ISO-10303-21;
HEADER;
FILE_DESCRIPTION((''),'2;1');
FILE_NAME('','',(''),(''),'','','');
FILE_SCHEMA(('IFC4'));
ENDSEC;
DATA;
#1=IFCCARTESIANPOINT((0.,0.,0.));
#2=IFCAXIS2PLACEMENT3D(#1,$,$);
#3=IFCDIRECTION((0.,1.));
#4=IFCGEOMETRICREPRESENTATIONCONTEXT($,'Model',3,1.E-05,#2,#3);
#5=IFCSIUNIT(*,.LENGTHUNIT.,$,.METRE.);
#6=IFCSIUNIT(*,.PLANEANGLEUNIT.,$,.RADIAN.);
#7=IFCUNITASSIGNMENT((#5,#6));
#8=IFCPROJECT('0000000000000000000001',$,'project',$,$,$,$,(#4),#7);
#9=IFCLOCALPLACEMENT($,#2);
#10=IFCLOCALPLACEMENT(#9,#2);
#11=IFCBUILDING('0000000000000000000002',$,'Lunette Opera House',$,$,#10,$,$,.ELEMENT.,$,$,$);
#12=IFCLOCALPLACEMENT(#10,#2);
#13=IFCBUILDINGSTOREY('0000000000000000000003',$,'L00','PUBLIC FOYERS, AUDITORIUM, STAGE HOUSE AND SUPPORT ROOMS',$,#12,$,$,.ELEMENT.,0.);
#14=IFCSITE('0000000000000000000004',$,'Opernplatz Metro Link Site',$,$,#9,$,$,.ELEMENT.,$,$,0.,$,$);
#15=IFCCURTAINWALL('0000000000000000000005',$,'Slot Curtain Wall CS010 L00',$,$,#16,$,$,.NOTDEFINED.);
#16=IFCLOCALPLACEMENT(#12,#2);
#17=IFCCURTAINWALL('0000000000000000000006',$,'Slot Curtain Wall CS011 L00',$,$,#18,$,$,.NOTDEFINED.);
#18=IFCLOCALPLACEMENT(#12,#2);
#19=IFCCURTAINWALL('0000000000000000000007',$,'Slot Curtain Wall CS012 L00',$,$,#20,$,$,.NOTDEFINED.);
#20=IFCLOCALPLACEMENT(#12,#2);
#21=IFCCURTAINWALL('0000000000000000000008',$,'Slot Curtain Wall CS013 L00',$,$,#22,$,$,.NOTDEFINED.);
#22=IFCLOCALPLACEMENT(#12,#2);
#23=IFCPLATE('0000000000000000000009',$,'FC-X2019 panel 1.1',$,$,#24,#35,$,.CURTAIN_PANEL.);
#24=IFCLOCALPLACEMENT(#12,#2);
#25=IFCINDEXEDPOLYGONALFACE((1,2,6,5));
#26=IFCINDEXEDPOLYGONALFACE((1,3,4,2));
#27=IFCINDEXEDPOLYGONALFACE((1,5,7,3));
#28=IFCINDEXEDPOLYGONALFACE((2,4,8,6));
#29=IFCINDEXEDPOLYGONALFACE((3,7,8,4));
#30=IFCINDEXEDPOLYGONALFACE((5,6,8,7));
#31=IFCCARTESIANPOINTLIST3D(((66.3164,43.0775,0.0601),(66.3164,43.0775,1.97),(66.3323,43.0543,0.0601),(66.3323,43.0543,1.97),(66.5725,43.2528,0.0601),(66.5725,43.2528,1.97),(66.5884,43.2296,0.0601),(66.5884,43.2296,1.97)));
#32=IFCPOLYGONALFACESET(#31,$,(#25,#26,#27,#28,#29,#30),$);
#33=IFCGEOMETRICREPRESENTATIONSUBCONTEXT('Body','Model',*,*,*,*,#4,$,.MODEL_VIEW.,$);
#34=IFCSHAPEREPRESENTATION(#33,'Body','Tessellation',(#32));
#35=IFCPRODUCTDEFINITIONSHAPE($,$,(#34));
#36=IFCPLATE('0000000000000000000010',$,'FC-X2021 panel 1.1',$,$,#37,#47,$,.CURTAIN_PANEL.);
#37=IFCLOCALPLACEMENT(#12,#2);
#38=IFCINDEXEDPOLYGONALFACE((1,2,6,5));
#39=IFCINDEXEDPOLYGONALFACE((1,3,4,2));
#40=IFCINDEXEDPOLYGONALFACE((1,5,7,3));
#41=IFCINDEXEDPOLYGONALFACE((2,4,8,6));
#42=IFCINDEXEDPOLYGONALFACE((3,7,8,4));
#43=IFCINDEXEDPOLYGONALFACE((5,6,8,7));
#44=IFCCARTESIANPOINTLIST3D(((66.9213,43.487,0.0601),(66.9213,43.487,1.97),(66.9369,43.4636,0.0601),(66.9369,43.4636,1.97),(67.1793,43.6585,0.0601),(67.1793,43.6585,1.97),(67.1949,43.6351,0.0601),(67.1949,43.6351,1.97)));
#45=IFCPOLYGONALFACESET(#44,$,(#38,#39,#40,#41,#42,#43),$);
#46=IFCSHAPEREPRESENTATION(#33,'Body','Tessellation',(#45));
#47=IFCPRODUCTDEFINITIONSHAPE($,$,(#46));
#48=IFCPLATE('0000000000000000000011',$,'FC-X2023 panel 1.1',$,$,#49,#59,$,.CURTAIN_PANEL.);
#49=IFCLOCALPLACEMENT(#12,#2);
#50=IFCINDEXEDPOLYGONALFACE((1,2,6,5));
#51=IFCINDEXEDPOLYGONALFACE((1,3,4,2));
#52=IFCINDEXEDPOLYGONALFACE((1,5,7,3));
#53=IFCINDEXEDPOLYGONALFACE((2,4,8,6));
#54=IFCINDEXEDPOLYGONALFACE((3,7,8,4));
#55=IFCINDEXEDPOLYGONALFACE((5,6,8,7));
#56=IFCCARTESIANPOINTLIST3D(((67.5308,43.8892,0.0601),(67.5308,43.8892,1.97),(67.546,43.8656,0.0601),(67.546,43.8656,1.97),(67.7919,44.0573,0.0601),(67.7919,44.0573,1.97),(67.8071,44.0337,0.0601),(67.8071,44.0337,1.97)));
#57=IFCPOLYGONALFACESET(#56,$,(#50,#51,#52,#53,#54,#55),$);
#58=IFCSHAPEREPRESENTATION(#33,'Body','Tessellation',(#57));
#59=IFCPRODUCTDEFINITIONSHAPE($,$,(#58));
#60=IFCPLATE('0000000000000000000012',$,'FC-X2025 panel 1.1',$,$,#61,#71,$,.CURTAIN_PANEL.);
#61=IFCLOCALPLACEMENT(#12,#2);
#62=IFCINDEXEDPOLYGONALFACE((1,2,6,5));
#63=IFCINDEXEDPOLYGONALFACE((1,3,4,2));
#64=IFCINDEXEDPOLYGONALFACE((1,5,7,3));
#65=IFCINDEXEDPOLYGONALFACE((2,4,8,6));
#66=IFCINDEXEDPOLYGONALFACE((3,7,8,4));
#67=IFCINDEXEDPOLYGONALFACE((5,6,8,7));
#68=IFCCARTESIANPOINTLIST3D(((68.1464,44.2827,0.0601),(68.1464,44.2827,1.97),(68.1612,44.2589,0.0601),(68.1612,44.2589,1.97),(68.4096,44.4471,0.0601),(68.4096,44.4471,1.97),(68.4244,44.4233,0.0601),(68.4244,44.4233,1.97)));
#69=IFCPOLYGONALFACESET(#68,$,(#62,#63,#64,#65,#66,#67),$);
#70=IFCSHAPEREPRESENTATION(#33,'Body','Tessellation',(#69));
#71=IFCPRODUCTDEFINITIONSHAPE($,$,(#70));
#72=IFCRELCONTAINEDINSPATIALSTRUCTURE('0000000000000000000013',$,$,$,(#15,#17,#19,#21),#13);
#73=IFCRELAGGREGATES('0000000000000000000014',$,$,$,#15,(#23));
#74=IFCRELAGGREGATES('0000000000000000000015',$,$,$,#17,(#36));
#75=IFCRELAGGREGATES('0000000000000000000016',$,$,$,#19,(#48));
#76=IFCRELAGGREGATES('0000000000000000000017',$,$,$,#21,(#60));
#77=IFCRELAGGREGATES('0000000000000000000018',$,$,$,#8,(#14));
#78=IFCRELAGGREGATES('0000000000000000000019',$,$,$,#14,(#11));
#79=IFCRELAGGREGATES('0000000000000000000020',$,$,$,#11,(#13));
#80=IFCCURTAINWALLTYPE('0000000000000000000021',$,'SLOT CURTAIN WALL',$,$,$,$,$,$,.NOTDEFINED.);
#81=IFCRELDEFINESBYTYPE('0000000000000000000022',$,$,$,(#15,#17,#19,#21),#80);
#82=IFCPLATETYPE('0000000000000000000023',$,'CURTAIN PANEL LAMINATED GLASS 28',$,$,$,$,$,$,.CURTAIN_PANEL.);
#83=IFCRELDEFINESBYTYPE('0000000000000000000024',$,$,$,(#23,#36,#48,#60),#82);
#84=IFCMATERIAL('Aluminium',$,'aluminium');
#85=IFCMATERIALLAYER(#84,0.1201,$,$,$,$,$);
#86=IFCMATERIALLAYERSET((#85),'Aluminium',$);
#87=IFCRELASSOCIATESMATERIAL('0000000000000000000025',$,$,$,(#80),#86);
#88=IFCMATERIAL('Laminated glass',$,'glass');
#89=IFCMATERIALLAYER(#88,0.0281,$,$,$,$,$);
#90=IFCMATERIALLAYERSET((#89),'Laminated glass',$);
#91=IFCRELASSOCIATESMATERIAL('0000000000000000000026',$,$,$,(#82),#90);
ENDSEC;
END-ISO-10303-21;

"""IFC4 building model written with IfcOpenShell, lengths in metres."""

from ifc_helpers import new_model, si_unit, direction, frame, origin, origin_2d, place, context, subcontext, project, spatial, rectangle, extrude, material, layer, layer_set, type_object, element, aggregate, save


model = new_model("IFC4")

# Units and contexts
model_context = context("Model", 3, precision=1e-05, world=origin(), true_north=direction((0.0, 1.0)))
body_context = subcontext(model_context, "Body", "Model", "MODEL_VIEW")
ifc_project = project(units=[si_unit("LENGTHUNIT", "METRE"), si_unit("PLANEANGLEUNIT", "RADIAN")], contexts=[model_context])

# Site, building, storey
site_placement = place(None, origin())
site = spatial("IfcSite", under=ifc_project, at=site_placement, Name="Opernplatz Metro Link Site", CompositionType="ELEMENT", RefElevation=0.0)
building_placement = place(site_placement, origin())
building = spatial("IfcBuilding", under=site, at=building_placement, Name="Lunette Opera House", CompositionType="ELEMENT")
storey_placement = place(building_placement, origin())
storey = spatial("IfcBuildingStorey", under=building, at=storey_placement, Name="L00", Description="PUBLIC FOYERS, AUDITORIUM, STAGE HOUSE AND SUPPORT ROOMS", CompositionType="ELEMENT", Elevation=0.0)

# Shared definitions
ifc_material_1 = material(Name="Aluminium", Category="aluminium")
ifc_layer_1 = layer(ifc_material_1, 0.1201)
ifc_layer_set_1 = layer_set([ifc_layer_1], Name="Aluminium")
curtain_wall_type = type_object("IfcCurtainWallType", Name="SLOT CURTAIN WALL", PredefinedType="NOTDEFINED", material=ifc_layer_set_1)

# Curtain walls
curtain_wall_1_placement = place(storey_placement, origin())
curtain_wall_1 = element("IfcCurtainWall", 1, at=curtain_wall_1_placement, inside=storey, type_object=curtain_wall_type, Name="Slot Curtain Wall CS010 L00", PredefinedType="NOTDEFINED")
curtain_wall_2_placement = place(storey_placement, origin())
curtain_wall_2 = element("IfcCurtainWall", 2, at=curtain_wall_2_placement, inside=storey, type_object=curtain_wall_type, Name="Slot Curtain Wall CS011 L00", PredefinedType="NOTDEFINED")
curtain_wall_3_placement = place(storey_placement, origin())
curtain_wall_3 = element("IfcCurtainWall", 3, at=curtain_wall_3_placement, inside=storey, type_object=curtain_wall_type, Name="Slot Curtain Wall CS012 L00", PredefinedType="NOTDEFINED")
curtain_wall_4_placement = place(storey_placement, origin())
curtain_wall_4 = element("IfcCurtainWall", 4, at=curtain_wall_4_placement, inside=storey, type_object=curtain_wall_type, Name="Slot Curtain Wall CS013 L00", PredefinedType="NOTDEFINED")

# Plates
ifc_material_2 = material(Name="Laminated glass", Category="glass")
ifc_layer_2 = layer(ifc_material_2, 0.0281)
ifc_layer_set_2 = layer_set([ifc_layer_2], Name="Laminated glass")
plate_type = type_object("IfcPlateType", Name="CURTAIN PANEL LAMINATED GLASS 28", PredefinedType="CURTAIN_PANEL", material=ifc_layer_set_2)
plate_1_placement = place(storey_placement, frame((66.4524, 43.1536, 0.0601), z_axis=(0.0, 0.0, 1.0), x_axis=(0.825193, 0.564851, 0.0)))
plate_1 = element("IfcPlate", 5, at=plate_1_placement, type_object=plate_type, Name="FC-X2019 panel 1.1", PredefinedType="CURTAIN_PANEL", context=body_context, shape_type="SweptSolid", body=[
    extrude(rectangle(XDim=0.3103, YDim=0.0281, at=origin_2d()), origin(), (0.0, 0.0, 1.0), 1.9099),
])
aggregate(curtain_wall_1, [plate_1])
plate_2_placement = place(storey_placement, frame((67.0581, 43.561, 0.0601), z_axis=(0.0, 0.0, 1.0), x_axis=(0.832765, 0.553626, 0.0)))
plate_2 = element("IfcPlate", 6, at=plate_2_placement, type_object=plate_type, Name="FC-X2021 panel 1.1", PredefinedType="CURTAIN_PANEL", context=body_context, shape_type="SweptSolid", body=[
    extrude(rectangle(XDim=0.3098, YDim=0.0281, at=origin_2d()), origin(), (0.0, 0.0, 1.0), 1.9099),
])
aggregate(curtain_wall_2, [plate_2])
plate_3_placement = place(storey_placement, frame((67.6689, 43.9614, 0.0601), z_axis=(0.0, 0.0, 1.0), x_axis=(0.840876, 0.541227, 0.0)))
plate_3 = element("IfcPlate", 7, at=plate_3_placement, type_object=plate_type, Name="FC-X2023 panel 1.1", PredefinedType="CURTAIN_PANEL", context=body_context, shape_type="SweptSolid", body=[
    extrude(rectangle(XDim=0.3105, YDim=0.0281, at=origin_2d()), origin(), (0.0, 0.0, 1.0), 1.9099),
])
aggregate(curtain_wall_3, [plate_3])
plate_4_placement = place(storey_placement, frame((68.2854, 44.353, 0.0601), z_axis=(0.0, 0.0, 1.0), x_axis=(0.848129, 0.52979, 0.0)))
plate_4 = element("IfcPlate", 8, at=plate_4_placement, type_object=plate_type, Name="FC-X2025 panel 1.1", PredefinedType="CURTAIN_PANEL", context=body_context, shape_type="SweptSolid", body=[
    extrude(rectangle(XDim=0.3103, YDim=0.0281, at=origin_2d()), origin(), (0.0, 0.0, 1.0), 1.9099),
])
aggregate(curtain_wall_4, [plate_4])

save(model, "model.ifc")
